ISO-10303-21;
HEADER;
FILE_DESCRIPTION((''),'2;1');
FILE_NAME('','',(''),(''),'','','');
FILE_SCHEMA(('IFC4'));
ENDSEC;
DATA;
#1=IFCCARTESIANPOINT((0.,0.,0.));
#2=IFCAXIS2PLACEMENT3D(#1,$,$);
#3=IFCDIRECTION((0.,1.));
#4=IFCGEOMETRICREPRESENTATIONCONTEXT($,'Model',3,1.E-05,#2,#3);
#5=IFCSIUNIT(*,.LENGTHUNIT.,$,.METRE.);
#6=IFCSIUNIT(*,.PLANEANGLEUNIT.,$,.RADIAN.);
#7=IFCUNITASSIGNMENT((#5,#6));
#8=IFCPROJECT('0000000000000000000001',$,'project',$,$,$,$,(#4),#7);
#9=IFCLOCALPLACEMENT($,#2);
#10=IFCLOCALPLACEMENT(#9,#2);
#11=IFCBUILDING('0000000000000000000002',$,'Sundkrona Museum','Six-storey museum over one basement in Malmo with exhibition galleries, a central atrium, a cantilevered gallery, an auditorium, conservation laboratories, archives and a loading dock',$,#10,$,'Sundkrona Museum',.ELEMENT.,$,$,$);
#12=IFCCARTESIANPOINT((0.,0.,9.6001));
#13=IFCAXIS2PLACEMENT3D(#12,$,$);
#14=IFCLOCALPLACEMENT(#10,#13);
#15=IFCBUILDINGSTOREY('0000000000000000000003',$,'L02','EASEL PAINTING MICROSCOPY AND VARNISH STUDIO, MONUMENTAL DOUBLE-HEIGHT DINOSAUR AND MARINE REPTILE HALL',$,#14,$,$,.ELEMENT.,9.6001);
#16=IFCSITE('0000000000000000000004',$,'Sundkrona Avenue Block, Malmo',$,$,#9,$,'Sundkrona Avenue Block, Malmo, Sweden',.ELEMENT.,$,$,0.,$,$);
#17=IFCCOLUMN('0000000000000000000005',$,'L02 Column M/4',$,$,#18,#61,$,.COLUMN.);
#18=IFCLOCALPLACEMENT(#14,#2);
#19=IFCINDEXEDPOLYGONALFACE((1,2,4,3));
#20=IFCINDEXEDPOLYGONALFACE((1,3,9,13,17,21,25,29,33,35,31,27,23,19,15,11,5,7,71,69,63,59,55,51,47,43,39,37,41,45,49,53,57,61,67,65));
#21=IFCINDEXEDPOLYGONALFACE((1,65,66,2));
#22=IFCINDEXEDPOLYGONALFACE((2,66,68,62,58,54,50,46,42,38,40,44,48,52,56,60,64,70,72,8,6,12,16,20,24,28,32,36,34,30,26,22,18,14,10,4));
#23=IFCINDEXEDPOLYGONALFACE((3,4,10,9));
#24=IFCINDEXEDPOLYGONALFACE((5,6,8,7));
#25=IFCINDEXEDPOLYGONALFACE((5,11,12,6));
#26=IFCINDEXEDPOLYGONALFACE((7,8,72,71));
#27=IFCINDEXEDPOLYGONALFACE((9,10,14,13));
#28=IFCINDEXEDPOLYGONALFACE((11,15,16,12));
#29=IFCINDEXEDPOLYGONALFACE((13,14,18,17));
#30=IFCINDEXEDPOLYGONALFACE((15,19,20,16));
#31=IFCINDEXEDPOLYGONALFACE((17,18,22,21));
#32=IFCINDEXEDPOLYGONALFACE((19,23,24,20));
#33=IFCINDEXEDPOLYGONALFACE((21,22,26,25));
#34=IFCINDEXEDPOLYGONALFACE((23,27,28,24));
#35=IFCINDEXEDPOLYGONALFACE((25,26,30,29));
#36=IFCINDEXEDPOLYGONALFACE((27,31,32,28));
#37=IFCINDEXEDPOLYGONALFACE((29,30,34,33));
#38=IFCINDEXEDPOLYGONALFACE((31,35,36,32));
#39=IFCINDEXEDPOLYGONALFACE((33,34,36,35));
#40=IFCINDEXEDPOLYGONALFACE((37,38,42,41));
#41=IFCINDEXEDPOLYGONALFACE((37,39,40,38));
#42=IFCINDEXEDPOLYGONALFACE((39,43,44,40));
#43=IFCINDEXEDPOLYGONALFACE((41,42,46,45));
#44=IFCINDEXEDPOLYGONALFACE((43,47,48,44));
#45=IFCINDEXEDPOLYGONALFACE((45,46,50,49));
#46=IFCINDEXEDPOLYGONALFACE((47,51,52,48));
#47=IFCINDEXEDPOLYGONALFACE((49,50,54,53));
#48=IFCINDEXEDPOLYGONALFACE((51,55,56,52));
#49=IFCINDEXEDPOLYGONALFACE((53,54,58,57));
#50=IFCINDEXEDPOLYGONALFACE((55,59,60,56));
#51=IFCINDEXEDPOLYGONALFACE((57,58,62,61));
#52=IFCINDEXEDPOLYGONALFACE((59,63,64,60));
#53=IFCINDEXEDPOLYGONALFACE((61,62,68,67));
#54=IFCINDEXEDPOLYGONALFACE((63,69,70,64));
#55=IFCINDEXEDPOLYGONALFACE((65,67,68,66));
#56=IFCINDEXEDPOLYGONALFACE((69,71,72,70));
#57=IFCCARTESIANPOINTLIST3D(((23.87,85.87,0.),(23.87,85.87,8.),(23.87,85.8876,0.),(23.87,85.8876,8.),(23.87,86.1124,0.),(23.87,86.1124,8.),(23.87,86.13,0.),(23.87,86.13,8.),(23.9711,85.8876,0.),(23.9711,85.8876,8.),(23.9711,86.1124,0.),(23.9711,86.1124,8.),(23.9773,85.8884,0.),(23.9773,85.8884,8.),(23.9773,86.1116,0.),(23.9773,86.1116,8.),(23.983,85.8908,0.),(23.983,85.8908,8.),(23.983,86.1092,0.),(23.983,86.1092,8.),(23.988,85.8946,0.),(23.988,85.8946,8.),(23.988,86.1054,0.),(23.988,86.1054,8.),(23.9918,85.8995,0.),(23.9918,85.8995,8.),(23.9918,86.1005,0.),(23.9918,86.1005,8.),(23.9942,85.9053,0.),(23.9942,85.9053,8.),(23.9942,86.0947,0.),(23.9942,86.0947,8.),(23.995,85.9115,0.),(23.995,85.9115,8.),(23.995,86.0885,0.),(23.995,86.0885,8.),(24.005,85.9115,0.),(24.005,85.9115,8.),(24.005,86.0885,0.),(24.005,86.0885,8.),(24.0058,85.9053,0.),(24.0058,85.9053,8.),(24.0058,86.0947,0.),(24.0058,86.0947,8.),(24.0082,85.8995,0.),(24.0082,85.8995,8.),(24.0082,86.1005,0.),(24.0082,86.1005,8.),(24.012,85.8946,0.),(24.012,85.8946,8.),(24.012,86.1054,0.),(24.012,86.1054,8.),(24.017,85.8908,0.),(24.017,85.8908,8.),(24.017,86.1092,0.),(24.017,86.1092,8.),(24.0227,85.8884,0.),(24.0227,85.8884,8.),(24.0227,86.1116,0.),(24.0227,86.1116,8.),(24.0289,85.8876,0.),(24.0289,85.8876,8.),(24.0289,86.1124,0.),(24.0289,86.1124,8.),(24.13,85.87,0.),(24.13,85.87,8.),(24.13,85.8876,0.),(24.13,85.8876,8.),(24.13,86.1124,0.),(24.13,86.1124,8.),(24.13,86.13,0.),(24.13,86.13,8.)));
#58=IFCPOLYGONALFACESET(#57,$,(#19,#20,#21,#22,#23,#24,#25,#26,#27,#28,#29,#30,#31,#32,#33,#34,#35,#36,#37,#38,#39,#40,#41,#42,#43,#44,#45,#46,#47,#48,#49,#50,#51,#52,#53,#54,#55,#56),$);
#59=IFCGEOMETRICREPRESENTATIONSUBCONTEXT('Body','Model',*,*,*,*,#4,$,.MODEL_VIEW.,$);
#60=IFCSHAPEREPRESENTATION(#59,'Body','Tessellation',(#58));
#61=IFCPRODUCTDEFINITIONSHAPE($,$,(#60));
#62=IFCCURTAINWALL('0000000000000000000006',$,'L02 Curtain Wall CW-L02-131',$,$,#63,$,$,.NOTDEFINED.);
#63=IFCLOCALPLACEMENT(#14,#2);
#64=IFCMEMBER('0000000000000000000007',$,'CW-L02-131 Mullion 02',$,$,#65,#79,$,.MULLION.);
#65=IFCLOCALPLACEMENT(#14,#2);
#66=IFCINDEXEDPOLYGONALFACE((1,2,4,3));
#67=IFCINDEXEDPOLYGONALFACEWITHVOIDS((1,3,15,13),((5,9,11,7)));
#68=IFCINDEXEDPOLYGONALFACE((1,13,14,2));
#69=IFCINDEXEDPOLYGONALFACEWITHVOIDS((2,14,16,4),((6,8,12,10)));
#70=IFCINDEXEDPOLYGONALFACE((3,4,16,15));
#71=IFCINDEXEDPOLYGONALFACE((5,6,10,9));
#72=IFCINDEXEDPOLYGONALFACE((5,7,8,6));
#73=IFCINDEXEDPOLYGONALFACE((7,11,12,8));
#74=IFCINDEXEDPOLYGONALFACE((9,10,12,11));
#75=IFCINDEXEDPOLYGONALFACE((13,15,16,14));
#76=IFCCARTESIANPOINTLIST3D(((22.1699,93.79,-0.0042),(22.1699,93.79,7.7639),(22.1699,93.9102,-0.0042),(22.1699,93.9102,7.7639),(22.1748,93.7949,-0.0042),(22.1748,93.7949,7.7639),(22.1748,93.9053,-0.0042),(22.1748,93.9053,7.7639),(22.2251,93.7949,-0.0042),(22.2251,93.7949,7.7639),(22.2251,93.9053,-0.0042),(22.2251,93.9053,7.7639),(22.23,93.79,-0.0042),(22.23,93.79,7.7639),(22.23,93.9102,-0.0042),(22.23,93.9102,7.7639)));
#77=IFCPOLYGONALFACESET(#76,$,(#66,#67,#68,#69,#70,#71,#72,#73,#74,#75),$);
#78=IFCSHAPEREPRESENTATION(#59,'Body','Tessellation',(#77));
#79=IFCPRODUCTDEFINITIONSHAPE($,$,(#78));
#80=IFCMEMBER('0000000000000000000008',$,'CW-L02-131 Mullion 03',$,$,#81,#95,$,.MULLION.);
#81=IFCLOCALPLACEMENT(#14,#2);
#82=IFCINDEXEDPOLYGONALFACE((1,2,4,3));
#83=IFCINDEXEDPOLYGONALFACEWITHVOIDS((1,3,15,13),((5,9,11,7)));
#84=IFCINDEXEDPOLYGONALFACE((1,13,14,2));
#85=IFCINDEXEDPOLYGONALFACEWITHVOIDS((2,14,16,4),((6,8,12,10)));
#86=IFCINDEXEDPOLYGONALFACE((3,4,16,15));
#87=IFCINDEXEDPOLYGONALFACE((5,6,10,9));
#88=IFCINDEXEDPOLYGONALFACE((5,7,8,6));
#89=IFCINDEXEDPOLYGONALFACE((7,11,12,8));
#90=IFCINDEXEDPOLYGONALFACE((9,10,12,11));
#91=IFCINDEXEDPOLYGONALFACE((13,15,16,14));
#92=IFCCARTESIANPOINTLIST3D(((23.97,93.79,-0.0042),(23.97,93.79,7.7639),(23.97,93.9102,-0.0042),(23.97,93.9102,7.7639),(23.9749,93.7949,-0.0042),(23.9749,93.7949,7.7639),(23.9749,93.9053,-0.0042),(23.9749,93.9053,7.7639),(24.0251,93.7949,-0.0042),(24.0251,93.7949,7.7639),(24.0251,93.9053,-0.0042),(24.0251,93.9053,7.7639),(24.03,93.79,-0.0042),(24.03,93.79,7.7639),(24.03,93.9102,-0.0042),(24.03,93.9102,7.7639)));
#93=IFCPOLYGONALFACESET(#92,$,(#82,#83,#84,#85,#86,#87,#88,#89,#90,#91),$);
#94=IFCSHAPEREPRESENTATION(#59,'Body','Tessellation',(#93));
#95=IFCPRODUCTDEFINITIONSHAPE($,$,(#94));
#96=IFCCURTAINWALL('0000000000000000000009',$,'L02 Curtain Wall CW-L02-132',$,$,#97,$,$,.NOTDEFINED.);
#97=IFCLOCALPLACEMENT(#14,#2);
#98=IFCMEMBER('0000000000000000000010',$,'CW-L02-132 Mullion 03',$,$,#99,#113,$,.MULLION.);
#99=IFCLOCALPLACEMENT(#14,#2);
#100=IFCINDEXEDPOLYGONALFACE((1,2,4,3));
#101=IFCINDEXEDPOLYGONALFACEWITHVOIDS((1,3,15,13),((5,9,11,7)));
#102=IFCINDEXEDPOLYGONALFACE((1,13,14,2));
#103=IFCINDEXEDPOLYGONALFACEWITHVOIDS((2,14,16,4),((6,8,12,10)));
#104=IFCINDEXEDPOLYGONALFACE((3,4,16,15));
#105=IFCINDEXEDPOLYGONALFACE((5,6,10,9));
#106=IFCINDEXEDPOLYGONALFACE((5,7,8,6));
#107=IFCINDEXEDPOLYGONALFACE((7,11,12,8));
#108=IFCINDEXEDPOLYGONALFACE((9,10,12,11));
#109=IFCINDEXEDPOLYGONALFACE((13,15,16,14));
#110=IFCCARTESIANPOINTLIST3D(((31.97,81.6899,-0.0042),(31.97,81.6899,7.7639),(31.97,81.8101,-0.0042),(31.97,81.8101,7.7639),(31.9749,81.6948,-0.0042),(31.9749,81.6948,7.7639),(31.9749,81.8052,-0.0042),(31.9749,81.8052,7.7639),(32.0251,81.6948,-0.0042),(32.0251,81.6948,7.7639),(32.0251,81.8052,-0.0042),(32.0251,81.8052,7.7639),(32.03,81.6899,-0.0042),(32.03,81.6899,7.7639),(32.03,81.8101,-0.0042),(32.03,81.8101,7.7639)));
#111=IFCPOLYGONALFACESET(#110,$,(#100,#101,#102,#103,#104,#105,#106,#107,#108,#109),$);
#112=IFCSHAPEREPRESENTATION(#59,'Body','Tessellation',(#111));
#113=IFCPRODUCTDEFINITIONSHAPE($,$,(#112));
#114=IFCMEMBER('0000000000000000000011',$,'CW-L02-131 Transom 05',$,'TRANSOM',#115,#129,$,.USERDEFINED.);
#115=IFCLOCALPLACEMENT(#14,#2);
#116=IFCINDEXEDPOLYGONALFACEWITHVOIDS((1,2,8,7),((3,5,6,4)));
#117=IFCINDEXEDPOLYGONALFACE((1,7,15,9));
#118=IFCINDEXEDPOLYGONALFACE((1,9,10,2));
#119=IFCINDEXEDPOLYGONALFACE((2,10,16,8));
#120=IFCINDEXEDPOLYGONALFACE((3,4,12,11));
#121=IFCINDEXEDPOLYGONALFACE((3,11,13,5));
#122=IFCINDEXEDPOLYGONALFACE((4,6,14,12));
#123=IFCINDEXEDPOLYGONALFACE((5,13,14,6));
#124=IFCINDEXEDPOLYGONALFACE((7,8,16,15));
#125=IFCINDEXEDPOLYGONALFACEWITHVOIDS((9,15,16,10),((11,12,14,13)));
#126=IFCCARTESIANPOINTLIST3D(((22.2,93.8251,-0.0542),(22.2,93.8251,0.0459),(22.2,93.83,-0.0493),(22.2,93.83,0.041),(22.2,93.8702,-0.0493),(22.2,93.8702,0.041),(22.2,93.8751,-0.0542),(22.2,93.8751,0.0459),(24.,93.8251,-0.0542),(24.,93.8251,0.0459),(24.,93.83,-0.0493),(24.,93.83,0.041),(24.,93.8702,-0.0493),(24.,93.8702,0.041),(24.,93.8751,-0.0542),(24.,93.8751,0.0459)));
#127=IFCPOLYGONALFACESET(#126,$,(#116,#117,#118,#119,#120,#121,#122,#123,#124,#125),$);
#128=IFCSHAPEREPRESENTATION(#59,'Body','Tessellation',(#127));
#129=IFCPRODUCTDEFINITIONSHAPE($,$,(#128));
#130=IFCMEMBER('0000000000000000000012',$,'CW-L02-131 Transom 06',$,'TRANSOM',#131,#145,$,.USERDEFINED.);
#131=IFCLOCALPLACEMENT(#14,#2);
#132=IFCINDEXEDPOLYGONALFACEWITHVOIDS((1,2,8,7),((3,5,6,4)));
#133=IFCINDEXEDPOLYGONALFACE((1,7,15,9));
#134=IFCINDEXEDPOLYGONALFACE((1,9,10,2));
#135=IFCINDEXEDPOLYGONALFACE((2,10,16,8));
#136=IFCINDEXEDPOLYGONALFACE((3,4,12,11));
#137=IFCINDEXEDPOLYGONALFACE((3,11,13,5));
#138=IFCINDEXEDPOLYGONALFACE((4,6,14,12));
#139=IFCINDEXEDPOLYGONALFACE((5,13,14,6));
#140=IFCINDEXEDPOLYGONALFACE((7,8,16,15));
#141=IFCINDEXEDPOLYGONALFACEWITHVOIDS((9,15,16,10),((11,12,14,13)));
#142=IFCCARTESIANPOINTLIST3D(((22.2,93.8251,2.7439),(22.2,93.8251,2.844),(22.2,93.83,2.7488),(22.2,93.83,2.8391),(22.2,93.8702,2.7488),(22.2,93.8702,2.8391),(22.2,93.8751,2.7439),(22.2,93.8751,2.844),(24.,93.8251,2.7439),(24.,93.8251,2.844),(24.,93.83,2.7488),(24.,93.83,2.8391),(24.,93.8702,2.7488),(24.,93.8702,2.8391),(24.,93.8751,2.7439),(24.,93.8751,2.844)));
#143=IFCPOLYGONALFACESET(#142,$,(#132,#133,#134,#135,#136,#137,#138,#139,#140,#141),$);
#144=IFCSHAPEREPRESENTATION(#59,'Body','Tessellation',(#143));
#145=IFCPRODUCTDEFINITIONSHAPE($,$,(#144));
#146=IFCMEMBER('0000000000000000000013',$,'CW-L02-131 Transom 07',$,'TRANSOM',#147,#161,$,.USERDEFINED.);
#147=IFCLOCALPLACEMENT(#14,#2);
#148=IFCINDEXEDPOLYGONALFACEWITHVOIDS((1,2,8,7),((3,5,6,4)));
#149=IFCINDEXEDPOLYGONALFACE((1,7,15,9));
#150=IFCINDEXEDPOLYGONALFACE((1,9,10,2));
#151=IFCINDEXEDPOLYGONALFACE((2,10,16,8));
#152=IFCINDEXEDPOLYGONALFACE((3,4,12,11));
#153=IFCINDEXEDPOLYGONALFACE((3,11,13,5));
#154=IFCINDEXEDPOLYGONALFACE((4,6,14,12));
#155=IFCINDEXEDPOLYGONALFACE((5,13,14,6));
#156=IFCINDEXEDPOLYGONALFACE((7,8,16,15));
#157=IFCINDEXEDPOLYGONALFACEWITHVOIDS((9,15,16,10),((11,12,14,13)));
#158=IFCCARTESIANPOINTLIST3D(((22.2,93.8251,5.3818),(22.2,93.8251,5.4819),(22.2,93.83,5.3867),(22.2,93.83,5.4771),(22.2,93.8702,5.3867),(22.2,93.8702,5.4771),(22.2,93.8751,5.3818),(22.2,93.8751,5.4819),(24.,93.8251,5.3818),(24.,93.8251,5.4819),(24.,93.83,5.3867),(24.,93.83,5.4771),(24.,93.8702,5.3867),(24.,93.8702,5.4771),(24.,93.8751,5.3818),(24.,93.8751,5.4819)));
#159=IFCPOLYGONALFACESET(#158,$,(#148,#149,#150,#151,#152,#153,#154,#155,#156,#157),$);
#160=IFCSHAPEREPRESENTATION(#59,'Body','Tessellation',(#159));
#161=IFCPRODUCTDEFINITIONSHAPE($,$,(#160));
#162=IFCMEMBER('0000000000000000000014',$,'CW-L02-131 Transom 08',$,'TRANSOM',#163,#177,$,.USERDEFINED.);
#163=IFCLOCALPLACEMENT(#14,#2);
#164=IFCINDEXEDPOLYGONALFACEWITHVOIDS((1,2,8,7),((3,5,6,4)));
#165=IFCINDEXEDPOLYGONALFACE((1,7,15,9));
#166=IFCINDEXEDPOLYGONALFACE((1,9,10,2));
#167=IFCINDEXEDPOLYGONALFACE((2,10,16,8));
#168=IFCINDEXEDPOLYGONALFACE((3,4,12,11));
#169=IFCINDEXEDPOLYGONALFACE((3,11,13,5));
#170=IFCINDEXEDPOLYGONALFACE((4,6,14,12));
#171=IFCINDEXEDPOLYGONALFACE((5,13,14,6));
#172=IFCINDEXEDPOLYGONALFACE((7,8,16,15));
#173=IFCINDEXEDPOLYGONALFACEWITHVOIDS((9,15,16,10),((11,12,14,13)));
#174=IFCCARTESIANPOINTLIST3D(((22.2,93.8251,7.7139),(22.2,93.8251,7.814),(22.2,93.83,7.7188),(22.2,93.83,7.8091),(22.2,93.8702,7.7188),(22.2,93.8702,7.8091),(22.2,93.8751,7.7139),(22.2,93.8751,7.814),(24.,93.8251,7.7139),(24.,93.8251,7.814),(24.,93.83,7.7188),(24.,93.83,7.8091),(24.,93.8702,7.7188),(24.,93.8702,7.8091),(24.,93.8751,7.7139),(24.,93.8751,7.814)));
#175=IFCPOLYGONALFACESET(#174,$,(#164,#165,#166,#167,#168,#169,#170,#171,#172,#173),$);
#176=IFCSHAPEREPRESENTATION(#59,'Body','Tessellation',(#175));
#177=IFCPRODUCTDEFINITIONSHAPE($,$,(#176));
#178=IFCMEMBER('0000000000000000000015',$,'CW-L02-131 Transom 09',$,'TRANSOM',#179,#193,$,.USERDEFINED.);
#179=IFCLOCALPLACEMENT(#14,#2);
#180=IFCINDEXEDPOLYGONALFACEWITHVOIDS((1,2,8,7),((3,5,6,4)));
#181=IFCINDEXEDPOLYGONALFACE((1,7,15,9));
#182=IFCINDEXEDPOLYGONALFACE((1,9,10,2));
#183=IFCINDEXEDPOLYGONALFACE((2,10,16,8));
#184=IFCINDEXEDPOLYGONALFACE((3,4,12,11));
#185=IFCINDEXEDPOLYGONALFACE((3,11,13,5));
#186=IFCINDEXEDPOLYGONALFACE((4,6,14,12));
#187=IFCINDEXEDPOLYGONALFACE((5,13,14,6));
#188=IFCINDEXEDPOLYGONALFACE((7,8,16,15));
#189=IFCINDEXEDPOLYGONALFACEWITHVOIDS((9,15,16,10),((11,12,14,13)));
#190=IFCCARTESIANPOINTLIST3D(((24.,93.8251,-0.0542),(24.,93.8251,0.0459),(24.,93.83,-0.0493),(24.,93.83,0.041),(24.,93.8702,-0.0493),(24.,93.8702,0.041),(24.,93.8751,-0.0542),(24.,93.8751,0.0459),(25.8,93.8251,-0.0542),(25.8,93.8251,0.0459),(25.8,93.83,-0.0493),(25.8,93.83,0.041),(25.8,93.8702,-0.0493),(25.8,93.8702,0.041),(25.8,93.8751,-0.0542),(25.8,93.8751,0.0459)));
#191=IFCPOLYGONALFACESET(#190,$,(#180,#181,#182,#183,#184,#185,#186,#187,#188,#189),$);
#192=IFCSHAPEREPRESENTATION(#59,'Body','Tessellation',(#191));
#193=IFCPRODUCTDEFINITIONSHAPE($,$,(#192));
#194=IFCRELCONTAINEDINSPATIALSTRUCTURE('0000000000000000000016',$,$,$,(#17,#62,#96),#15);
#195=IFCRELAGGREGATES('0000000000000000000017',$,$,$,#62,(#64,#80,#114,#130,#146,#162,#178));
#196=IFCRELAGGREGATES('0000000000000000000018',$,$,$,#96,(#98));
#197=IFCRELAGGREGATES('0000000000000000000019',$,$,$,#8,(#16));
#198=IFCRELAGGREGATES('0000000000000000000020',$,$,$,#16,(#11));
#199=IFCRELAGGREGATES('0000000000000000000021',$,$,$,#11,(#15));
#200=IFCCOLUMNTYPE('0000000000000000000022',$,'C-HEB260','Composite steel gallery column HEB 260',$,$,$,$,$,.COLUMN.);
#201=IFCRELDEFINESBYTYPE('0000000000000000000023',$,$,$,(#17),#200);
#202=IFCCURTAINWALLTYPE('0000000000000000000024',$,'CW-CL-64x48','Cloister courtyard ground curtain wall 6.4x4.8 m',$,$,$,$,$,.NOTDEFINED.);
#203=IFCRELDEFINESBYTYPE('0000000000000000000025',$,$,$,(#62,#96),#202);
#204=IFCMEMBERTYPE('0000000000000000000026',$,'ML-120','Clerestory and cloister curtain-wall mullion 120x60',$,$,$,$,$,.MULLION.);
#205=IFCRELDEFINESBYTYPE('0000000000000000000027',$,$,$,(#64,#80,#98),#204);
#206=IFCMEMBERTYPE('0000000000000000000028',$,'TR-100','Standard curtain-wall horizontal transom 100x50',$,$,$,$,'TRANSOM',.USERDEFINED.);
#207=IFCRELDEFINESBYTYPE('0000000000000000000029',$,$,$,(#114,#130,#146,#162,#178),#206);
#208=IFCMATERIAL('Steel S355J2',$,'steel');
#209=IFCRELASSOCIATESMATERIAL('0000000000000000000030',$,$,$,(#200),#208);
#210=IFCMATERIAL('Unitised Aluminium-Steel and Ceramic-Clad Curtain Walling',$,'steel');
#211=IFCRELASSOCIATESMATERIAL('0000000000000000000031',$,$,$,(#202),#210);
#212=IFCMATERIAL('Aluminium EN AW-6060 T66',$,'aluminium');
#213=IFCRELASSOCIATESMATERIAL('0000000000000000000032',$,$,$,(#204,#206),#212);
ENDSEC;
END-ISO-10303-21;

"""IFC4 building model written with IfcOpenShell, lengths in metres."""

from ifc_helpers import new_model, si_unit, direction, frame, origin, origin_2d, place, context, subcontext, project, spatial, hollow_rectangle, i_section, extrude, material, material_profile, profile_set, type_object, element, aggregate, save


model = new_model("IFC4")

# Units and contexts
model_context = context("Model", 3, precision=1e-05, world=origin(), true_north=direction((0.0, 1.0)))
body_context = subcontext(model_context, "Body", "Model", "MODEL_VIEW")
ifc_project = project(units=[si_unit("LENGTHUNIT", "METRE"), si_unit("PLANEANGLEUNIT", "RADIAN")], contexts=[model_context])

# Site, building, storey
site_placement = place(None, origin())
site = spatial("IfcSite", under=ifc_project, at=site_placement, Name="Sundkrona Avenue Block, Malmo", LongName="Sundkrona Avenue Block, Malmo, Sweden", CompositionType="ELEMENT", RefElevation=0.0)
building_placement = place(site_placement, origin())
building = spatial("IfcBuilding", under=site, at=building_placement, Name="Sundkrona Museum", Description="Six-storey museum over one basement in Malmo with exhibition galleries, a central atrium, a cantilevered gallery, an auditorium, conservation laboratories, archives and a loading dock", LongName="Sundkrona Museum", CompositionType="ELEMENT")
storey_placement = place(building_placement, frame((0.0, 0.0, 9.6001)))
storey = spatial("IfcBuildingStorey", under=building, at=storey_placement, Name="L02", Description="EASEL PAINTING MICROSCOPY AND VARNISH STUDIO, MONUMENTAL DOUBLE-HEIGHT DINOSAUR AND MARINE REPTILE HALL", CompositionType="ELEMENT", Elevation=9.6001)

# Column
ifc_material_1 = material(Name="Steel S355J2", Category="steel")
ifc_material_profile_1 = material_profile(ifc_material_1, i_section(OverallWidth=0.26, OverallDepth=0.26, WebThickness=0.01, FlangeThickness=0.0176, FilletRadius=0.0239, at=origin_2d()), Name="HEB 260")
ifc_profile_set_1 = profile_set([ifc_material_profile_1], Name="Steel S355J2")
column_type = type_object("IfcColumnType", Name="C-HEB260", Description="Composite steel gallery column HEB 260", PredefinedType="COLUMN", material=ifc_profile_set_1)
column_placement = place(storey_placement, frame((24.0, 86.0, 0.0), z_axis=(0.0, 0.0, 1.0), x_axis=(1.0, 0.0, 0.0)))
element("IfcColumn", 1, at=column_placement, inside=storey, type_object=column_type, Name="L02 Column M/4", PredefinedType="COLUMN", context=body_context, shape_type="SweptSolid", body=[
    extrude(i_section(OverallWidth=0.26, OverallDepth=0.26, WebThickness=0.01, FlangeThickness=0.0176, FilletRadius=0.0239, at=origin_2d()), origin(), (0.0, 0.0, 1.0), 8.0),
])

# Curtain wall, members
ifc_material_2 = material(Name="Unitised Aluminium-Steel and Ceramic-Clad Curtain Walling", Category="steel")
curtain_wall_type = type_object("IfcCurtainWallType", Name="CW-CL-64x48", Description="Cloister courtyard ground curtain wall 6.4x4.8 m", PredefinedType="NOTDEFINED", material=ifc_material_2)
curtain_wall_1_placement = place(storey_placement, origin())
curtain_wall_1 = element("IfcCurtainWall", 2, at=curtain_wall_1_placement, inside=storey, type_object=curtain_wall_type, Name="L02 Curtain Wall CW-L02-131", PredefinedType="NOTDEFINED")
ifc_material_3 = material(Name="Aluminium EN AW-6060 T66", Category="aluminium")
ifc_material_profile_2 = material_profile(ifc_material_3, hollow_rectangle(XDim=0.0601, YDim=0.1201, WallThickness=0.0049, at=origin_2d()), Name="RHS 120x60x5.0")
ifc_profile_set_2 = profile_set([ifc_material_profile_2], Name="Aluminium EN AW-6060 T66")
member_type_1 = type_object("IfcMemberType", Name="ML-120", Description="Clerestory and cloister curtain-wall mullion 120x60", PredefinedType="MULLION", material=ifc_profile_set_2)
member_1_placement = place(storey_placement, frame((22.2, 93.8501, -0.0042), z_axis=(0.0, 0.0, 1.0), x_axis=(1.0, 0.0, 0.0)))
member_1 = element("IfcMember", 3, at=member_1_placement, type_object=member_type_1, Name="CW-L02-131 Mullion 02", PredefinedType="MULLION", context=body_context, shape_type="SweptSolid", body=[
    extrude(hollow_rectangle(XDim=0.0601, YDim=0.1201, WallThickness=0.0049, at=origin_2d()), origin(), (0.0, 0.0, 1.0), 7.7681),
])
member_2_placement = place(storey_placement, frame((24.0, 93.8501, -0.0042), z_axis=(0.0, 0.0, 1.0), x_axis=(1.0, 0.0, 0.0)))
member_2 = element("IfcMember", 4, at=member_2_placement, type_object=member_type_1, Name="CW-L02-131 Mullion 03", PredefinedType="MULLION", context=body_context, shape_type="SweptSolid", body=[
    extrude(hollow_rectangle(XDim=0.0601, YDim=0.1201, WallThickness=0.0049, at=origin_2d()), origin(), (0.0, 0.0, 1.0), 7.7681),
])

# Curtain wall, member
curtain_wall_2_placement = place(storey_placement, origin())
curtain_wall_2 = element("IfcCurtainWall", 5, at=curtain_wall_2_placement, inside=storey, type_object=curtain_wall_type, Name="L02 Curtain Wall CW-L02-132", PredefinedType="NOTDEFINED")
member_3_placement = place(storey_placement, frame((32.0, 81.75, -0.0042), z_axis=(0.0, 0.0, 1.0), x_axis=(1.0, 0.0, 0.0)))
member_3 = element("IfcMember", 6, at=member_3_placement, type_object=member_type_1, Name="CW-L02-132 Mullion 03", PredefinedType="MULLION", context=body_context, shape_type="SweptSolid", body=[
    extrude(hollow_rectangle(XDim=0.0601, YDim=0.1201, WallThickness=0.0049, at=origin_2d()), origin(), (0.0, 0.0, 1.0), 7.7681),
])

# Members
ifc_material_profile_3 = material_profile(ifc_material_3, hollow_rectangle(XDim=0.05, YDim=0.1001, WallThickness=0.0049, at=origin_2d()), Name="RHS 100x50x5.0")
ifc_profile_set_3 = profile_set([ifc_material_profile_3], Name="Aluminium EN AW-6060 T66")
member_type_2 = type_object("IfcMemberType", Name="TR-100", Description="Standard curtain-wall horizontal transom 100x50", ElementType="TRANSOM", PredefinedType="USERDEFINED", material=ifc_profile_set_3)
member_4_placement = place(storey_placement, frame((22.2, 93.8501, -0.0042), z_axis=(1.0, 0.0, 0.0), x_axis=(0.0, 1.0, 0.0)))
member_4 = element("IfcMember", 7, at=member_4_placement, type_object=member_type_2, Name="CW-L02-131 Transom 05", ObjectType="TRANSOM", PredefinedType="USERDEFINED", context=body_context, shape_type="SweptSolid", body=[
    extrude(hollow_rectangle(XDim=0.05, YDim=0.1001, WallThickness=0.0049, at=origin_2d()), origin(), (0.0, 0.0, 1.0), 1.8),
])
member_5_placement = place(storey_placement, frame((22.2, 93.8501, 2.7939), z_axis=(1.0, 0.0, 0.0), x_axis=(0.0, 1.0, 0.0)))
member_5 = element("IfcMember", 8, at=member_5_placement, type_object=member_type_2, Name="CW-L02-131 Transom 06", ObjectType="TRANSOM", PredefinedType="USERDEFINED", context=body_context, shape_type="SweptSolid", body=[
    extrude(hollow_rectangle(XDim=0.05, YDim=0.1001, WallThickness=0.0049, at=origin_2d()), origin(), (0.0, 0.0, 1.0), 1.8),
])
member_6_placement = place(storey_placement, frame((22.2, 93.8501, 5.4319), z_axis=(1.0, 0.0, 0.0), x_axis=(0.0, 1.0, 0.0)))
member_6 = element("IfcMember", 9, at=member_6_placement, type_object=member_type_2, Name="CW-L02-131 Transom 07", ObjectType="TRANSOM", PredefinedType="USERDEFINED", context=body_context, shape_type="SweptSolid", body=[
    extrude(hollow_rectangle(XDim=0.05, YDim=0.1001, WallThickness=0.0049, at=origin_2d()), origin(), (0.0, 0.0, 1.0), 1.8),
])
member_7_placement = place(storey_placement, frame((22.2, 93.8501, 7.7639), z_axis=(1.0, 0.0, 0.0), x_axis=(0.0, 1.0, 0.0)))
member_7 = element("IfcMember", 10, at=member_7_placement, type_object=member_type_2, Name="CW-L02-131 Transom 08", ObjectType="TRANSOM", PredefinedType="USERDEFINED", context=body_context, shape_type="SweptSolid", body=[
    extrude(hollow_rectangle(XDim=0.05, YDim=0.1001, WallThickness=0.0049, at=origin_2d()), origin(), (0.0, 0.0, 1.0), 1.8),
])
member_8_placement = place(storey_placement, frame((24.0, 93.8501, -0.0042), z_axis=(1.0, 0.0, 0.0), x_axis=(0.0, 1.0, 0.0)))
member_8 = element("IfcMember", 11, at=member_8_placement, type_object=member_type_2, Name="CW-L02-131 Transom 09", ObjectType="TRANSOM", PredefinedType="USERDEFINED", context=body_context, shape_type="SweptSolid", body=[
    extrude(hollow_rectangle(XDim=0.05, YDim=0.1001, WallThickness=0.0049, at=origin_2d()), origin(), (0.0, 0.0, 1.0), 1.8),
])

aggregate(curtain_wall_1, [member_1, member_2, member_4, member_5, member_6, member_7, member_8])
aggregate(curtain_wall_2, [member_3])

save(model, "model.ifc")
